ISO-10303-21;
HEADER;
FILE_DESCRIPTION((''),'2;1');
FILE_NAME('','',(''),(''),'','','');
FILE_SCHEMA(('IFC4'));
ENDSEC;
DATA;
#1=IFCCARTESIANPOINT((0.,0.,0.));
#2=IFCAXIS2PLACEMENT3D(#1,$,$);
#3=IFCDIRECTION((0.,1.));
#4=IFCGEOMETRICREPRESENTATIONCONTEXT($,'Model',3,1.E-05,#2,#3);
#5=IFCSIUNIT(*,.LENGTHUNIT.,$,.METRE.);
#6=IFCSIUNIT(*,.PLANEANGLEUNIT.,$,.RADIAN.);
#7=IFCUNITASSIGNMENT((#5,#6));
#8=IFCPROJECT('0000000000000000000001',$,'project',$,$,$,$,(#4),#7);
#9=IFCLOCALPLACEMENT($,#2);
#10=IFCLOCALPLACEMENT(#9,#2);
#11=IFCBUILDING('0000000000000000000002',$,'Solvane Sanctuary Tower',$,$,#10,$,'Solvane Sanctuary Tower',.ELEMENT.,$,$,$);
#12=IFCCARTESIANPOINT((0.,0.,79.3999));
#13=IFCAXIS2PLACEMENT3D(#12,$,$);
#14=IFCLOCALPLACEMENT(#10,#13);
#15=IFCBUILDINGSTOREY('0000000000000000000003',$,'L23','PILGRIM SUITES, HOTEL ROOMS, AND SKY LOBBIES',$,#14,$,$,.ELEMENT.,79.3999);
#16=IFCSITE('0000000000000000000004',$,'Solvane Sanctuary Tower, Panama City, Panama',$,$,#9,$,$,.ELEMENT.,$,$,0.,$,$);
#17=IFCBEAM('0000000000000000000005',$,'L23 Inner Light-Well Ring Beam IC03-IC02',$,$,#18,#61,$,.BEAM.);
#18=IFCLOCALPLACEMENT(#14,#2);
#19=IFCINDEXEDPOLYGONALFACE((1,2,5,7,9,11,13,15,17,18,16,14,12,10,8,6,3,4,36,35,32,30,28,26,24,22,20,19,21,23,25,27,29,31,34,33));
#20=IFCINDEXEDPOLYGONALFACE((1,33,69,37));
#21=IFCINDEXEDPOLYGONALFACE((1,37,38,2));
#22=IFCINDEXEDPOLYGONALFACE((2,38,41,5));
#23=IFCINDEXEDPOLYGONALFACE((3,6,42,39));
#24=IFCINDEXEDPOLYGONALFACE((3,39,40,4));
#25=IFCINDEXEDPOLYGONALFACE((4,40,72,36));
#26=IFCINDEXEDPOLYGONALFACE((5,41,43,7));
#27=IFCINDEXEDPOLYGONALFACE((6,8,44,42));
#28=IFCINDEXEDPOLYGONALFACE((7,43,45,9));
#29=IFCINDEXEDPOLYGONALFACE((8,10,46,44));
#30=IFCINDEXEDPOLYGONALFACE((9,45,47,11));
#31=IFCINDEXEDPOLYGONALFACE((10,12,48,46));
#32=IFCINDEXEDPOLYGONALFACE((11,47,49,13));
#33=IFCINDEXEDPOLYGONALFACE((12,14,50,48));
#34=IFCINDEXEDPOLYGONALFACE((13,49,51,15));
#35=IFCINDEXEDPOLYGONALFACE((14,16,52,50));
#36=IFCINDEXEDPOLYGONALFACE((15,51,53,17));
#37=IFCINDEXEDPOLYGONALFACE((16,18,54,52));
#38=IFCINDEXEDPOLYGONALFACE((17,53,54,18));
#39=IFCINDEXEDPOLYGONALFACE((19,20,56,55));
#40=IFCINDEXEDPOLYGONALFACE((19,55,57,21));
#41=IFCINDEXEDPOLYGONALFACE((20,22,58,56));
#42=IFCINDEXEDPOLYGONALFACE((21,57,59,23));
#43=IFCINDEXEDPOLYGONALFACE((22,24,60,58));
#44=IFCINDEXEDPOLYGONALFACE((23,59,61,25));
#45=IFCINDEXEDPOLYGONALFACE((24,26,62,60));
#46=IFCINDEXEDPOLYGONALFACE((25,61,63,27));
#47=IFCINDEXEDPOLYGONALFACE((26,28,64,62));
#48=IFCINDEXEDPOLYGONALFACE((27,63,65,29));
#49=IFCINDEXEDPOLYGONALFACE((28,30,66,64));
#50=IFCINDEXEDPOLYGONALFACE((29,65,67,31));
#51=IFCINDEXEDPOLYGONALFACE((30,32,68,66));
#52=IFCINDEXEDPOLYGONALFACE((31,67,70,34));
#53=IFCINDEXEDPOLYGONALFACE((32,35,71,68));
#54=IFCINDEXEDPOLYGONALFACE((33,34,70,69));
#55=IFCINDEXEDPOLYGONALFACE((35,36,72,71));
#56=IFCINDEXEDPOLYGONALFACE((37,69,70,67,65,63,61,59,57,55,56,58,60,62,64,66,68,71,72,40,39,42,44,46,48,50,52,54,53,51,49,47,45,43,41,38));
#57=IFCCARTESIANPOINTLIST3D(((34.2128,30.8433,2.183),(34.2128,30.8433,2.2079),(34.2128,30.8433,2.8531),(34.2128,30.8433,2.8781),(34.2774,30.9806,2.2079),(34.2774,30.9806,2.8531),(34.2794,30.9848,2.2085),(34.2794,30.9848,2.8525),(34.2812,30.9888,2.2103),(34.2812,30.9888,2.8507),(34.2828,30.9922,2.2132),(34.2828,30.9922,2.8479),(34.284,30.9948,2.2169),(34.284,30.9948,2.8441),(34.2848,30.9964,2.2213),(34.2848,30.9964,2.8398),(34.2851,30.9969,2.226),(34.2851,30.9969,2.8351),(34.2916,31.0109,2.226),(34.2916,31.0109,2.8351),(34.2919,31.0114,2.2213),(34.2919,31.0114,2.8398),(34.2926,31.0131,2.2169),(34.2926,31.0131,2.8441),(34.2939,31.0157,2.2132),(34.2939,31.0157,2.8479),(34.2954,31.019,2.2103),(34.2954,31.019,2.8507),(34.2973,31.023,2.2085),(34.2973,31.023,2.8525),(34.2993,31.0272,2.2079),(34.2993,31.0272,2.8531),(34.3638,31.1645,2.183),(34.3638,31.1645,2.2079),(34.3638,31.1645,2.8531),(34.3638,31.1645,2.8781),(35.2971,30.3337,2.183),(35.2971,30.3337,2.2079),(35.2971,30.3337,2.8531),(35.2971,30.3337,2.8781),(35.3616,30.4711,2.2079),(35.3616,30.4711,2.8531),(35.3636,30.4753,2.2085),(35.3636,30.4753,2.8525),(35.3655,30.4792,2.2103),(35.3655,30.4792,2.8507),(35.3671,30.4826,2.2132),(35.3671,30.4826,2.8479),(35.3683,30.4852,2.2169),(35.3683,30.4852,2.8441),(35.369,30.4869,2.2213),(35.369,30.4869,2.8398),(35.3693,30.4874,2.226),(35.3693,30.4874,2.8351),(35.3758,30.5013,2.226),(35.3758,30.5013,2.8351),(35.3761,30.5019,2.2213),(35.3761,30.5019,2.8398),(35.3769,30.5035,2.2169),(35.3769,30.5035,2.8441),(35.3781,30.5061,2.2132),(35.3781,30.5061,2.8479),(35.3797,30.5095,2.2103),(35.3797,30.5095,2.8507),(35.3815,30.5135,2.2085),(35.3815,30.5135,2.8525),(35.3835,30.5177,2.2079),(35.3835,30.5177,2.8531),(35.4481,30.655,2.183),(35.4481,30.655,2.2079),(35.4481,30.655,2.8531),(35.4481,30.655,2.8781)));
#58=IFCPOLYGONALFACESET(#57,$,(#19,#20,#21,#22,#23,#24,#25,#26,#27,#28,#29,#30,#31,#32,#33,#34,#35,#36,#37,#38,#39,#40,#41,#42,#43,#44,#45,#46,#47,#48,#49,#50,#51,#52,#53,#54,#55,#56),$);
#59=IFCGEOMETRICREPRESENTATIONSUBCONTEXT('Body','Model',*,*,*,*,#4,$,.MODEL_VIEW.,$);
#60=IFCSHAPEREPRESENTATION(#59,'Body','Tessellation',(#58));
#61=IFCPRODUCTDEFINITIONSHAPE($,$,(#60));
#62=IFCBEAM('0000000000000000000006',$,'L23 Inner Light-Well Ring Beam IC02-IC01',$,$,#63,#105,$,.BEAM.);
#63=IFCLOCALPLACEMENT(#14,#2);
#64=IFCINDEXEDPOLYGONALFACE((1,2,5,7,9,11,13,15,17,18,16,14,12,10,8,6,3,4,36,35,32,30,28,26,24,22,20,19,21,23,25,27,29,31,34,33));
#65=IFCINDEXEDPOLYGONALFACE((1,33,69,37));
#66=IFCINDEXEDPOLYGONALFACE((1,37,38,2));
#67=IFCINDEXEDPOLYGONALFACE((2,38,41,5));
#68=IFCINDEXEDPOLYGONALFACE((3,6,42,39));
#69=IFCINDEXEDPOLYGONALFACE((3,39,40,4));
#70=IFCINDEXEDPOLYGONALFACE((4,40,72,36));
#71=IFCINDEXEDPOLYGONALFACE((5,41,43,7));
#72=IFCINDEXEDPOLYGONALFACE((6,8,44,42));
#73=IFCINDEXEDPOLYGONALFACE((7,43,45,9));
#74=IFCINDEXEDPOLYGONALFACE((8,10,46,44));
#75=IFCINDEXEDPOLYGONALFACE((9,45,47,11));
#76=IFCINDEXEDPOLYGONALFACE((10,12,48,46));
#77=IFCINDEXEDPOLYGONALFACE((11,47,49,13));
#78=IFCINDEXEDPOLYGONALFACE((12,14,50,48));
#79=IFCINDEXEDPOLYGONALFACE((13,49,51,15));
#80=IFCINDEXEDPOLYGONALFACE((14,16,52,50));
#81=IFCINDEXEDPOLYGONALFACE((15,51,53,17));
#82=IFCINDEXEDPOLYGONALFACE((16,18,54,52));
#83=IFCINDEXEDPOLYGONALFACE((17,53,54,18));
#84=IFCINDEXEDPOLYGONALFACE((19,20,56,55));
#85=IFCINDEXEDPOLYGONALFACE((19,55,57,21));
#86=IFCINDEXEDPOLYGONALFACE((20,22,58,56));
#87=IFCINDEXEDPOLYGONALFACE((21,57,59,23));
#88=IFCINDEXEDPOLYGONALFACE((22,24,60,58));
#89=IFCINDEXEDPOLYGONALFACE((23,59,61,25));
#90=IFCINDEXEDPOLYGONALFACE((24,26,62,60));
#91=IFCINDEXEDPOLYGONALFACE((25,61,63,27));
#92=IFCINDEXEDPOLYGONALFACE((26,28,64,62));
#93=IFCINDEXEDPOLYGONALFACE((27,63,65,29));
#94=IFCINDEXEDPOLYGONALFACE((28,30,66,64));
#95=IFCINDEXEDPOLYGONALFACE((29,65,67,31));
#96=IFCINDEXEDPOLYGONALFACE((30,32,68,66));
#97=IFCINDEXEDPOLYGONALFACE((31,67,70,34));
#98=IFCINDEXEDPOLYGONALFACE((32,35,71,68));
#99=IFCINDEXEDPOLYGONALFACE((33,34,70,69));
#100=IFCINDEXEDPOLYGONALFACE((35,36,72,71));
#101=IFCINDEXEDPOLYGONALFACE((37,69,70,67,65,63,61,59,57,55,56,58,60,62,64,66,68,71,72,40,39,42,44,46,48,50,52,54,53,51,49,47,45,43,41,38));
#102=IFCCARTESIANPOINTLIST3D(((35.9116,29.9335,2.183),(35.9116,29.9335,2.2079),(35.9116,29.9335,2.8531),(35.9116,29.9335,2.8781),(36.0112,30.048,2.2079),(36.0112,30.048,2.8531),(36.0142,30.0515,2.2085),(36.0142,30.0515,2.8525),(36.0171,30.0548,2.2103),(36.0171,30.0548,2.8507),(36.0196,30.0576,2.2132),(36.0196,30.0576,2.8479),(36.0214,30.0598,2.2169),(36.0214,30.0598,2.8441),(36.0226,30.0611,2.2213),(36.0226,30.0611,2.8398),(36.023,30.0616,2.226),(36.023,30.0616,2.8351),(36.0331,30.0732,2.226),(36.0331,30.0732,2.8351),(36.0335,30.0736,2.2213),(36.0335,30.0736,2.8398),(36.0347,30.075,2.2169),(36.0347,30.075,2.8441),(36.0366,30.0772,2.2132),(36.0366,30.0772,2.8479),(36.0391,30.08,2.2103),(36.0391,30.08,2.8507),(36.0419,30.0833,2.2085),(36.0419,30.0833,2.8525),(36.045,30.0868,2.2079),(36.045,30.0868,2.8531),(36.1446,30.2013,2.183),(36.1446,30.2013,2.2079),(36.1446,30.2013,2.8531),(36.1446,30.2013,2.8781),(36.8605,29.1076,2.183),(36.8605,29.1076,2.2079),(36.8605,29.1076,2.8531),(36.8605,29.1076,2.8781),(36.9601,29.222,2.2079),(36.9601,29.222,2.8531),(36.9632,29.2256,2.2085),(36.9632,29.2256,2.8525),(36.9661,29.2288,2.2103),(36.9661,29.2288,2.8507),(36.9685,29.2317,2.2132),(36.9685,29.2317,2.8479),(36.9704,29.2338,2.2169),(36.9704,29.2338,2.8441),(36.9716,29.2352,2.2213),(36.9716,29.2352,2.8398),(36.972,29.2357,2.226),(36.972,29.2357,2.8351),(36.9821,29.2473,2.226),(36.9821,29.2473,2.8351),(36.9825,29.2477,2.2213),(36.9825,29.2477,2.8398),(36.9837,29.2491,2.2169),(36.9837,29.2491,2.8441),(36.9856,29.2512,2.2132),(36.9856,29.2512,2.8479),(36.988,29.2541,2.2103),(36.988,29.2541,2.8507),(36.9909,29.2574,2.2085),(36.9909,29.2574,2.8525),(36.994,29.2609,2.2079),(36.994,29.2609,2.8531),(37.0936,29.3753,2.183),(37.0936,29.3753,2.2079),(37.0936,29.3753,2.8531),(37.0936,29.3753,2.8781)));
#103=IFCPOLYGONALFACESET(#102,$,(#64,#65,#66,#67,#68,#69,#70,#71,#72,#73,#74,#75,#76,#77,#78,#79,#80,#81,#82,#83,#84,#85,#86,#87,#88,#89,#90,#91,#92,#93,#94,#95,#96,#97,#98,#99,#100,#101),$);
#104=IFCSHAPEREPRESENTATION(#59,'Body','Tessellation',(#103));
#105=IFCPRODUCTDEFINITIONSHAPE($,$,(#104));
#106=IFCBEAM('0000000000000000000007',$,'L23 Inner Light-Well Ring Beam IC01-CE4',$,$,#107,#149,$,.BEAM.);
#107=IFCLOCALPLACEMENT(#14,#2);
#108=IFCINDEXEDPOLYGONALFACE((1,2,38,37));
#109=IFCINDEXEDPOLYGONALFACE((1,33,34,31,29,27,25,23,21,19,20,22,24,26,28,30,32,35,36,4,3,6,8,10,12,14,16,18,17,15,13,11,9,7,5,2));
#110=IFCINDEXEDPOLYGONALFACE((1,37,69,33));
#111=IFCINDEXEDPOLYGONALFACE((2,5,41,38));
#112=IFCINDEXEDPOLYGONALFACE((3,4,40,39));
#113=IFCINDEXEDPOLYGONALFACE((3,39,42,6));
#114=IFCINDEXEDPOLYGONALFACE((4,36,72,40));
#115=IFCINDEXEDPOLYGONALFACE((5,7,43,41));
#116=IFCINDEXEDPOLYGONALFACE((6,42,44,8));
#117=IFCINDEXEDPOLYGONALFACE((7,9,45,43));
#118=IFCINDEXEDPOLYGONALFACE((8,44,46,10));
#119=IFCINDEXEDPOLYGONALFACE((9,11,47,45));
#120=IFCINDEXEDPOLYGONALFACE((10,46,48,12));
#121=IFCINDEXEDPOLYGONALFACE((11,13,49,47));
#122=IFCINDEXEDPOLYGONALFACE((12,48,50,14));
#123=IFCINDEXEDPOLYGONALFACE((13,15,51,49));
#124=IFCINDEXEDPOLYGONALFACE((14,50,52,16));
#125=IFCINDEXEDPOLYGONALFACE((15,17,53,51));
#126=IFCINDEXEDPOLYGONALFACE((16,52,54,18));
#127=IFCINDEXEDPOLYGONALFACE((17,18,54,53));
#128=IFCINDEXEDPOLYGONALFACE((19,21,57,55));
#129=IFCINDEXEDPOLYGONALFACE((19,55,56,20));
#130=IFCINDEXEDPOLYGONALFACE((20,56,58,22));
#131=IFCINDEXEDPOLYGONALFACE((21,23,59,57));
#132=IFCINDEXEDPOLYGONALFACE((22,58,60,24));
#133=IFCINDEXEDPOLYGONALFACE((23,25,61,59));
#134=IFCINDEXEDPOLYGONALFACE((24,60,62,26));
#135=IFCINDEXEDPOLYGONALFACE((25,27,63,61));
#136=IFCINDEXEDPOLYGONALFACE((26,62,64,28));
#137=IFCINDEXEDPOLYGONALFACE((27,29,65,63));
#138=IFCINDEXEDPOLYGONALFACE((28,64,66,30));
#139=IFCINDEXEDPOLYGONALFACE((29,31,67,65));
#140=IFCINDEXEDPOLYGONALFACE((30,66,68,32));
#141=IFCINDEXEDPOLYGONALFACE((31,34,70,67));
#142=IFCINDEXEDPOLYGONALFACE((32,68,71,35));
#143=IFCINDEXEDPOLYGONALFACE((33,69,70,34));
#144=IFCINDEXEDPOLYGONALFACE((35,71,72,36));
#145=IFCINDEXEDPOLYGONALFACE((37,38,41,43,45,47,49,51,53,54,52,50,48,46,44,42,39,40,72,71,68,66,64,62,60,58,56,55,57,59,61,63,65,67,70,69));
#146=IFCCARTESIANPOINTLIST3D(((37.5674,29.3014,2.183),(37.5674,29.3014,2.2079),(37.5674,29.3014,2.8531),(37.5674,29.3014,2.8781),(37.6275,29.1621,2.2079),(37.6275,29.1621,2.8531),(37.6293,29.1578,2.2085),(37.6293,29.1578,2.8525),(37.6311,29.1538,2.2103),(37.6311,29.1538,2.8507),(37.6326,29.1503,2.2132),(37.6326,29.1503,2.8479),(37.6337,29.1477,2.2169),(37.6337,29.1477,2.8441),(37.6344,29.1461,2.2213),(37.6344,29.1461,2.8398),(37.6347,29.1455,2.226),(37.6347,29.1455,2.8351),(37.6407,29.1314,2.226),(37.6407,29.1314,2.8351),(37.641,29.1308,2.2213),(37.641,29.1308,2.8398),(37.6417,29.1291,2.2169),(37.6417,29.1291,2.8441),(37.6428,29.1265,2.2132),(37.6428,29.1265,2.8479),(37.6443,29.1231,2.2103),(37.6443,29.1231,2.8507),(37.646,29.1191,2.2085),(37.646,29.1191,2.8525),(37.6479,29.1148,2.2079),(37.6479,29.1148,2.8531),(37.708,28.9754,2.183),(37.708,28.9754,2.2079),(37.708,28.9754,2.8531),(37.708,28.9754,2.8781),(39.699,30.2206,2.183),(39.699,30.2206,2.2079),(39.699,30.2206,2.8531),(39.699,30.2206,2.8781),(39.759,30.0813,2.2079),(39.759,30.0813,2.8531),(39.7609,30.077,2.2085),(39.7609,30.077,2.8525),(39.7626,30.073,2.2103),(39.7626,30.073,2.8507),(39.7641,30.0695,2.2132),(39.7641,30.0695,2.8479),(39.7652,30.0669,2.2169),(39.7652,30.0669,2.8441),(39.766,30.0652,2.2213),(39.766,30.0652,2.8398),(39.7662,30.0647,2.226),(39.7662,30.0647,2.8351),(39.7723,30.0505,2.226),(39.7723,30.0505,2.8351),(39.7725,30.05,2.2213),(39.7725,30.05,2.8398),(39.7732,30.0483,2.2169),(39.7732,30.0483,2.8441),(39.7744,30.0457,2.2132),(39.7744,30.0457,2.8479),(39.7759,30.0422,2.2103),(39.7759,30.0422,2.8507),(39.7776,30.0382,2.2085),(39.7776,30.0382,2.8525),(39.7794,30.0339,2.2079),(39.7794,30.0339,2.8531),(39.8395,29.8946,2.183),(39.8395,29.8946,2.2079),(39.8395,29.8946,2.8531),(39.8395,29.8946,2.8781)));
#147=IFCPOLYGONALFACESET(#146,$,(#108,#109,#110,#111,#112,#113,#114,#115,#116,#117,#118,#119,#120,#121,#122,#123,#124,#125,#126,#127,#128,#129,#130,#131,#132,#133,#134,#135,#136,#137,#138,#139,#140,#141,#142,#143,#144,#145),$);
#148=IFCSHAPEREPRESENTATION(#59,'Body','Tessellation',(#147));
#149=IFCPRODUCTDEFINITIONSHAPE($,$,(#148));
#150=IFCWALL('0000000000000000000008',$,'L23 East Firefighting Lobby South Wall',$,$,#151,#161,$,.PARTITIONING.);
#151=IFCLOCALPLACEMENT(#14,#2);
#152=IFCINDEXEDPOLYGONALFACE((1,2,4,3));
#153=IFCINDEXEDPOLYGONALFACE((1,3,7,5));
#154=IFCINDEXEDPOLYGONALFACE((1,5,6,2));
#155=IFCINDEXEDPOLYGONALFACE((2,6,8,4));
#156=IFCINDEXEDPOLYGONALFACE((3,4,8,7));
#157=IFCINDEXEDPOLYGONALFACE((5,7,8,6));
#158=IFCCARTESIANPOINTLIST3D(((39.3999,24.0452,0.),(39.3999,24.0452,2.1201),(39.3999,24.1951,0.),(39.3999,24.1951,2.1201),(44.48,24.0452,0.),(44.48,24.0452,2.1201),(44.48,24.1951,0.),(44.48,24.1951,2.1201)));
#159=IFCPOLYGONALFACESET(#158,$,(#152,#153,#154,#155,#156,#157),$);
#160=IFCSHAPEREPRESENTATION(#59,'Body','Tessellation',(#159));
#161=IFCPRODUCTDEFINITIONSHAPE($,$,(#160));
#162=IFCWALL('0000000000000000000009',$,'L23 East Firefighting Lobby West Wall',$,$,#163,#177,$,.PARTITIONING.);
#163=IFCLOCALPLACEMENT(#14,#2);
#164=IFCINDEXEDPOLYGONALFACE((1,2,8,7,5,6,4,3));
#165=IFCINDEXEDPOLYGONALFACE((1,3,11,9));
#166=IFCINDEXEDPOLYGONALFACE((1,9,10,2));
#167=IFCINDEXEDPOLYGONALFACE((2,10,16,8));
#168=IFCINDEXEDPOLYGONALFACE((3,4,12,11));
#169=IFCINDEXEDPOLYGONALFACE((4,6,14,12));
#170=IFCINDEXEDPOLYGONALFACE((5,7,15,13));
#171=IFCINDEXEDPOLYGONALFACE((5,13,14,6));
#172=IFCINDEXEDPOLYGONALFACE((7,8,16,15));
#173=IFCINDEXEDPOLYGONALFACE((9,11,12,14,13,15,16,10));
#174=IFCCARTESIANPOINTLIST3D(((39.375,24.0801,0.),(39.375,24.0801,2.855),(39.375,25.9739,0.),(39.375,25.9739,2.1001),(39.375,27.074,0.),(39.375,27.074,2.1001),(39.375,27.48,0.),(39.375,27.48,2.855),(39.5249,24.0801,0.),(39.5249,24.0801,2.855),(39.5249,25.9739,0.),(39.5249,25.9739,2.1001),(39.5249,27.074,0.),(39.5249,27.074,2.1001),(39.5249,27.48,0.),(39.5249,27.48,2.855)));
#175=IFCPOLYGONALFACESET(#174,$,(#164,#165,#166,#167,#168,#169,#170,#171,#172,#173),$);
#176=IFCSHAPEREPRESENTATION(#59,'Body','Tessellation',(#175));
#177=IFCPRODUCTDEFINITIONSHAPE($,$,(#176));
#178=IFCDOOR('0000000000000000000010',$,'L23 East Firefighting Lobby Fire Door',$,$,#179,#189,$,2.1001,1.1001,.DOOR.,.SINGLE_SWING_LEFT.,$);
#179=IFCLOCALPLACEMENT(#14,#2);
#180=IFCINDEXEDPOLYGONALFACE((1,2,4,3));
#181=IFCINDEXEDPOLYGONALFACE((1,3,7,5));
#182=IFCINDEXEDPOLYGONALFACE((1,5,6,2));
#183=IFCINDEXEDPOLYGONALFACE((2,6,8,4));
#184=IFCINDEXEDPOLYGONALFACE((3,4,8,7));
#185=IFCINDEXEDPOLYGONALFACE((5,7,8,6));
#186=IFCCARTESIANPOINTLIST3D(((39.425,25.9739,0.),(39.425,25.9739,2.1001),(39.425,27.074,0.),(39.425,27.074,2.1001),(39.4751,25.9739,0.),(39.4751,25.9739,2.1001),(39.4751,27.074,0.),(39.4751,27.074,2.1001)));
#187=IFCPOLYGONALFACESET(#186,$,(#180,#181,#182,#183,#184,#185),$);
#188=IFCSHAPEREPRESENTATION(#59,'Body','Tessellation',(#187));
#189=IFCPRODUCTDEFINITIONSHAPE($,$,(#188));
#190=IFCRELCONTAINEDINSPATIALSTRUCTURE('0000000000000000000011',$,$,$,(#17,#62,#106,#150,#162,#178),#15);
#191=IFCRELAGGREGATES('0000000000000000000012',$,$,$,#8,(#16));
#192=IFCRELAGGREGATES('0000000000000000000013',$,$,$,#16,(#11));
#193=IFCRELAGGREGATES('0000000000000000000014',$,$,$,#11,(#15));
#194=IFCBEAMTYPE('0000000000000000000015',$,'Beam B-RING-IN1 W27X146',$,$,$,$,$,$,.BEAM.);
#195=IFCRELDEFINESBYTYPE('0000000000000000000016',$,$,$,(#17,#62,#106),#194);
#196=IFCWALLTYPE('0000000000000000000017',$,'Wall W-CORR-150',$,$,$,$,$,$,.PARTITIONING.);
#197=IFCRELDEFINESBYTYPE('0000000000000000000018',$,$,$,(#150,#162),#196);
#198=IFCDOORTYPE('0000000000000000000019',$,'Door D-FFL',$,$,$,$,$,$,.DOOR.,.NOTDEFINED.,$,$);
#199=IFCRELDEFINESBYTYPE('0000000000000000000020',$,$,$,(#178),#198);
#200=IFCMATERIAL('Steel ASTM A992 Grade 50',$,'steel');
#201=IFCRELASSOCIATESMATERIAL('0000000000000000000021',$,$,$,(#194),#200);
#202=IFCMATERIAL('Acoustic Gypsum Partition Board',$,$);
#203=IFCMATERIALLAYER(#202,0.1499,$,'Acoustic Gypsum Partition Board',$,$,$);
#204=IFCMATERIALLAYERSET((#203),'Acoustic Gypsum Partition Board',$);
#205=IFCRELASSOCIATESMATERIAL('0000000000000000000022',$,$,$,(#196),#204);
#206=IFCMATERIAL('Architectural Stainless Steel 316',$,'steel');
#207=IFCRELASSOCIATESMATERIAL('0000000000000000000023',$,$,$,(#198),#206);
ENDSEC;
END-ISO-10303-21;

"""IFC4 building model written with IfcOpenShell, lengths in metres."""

from ifc_helpers import new_model, si_unit, direction, frame, frame_2d, origin, origin_2d, place, context, subcontext, project, spatial, rectangle, i_section, extrude, material, layer, layer_set, material_profile, profile_set, type_object, element, fill, save


model = new_model("IFC4")

# Units and contexts
model_context = context("Model", 3, precision=1e-05, world=origin(), true_north=direction((0.0, 1.0)))
body_context = subcontext(model_context, "Body", "Model", "MODEL_VIEW")
ifc_project = project(units=[si_unit("LENGTHUNIT", "METRE"), si_unit("PLANEANGLEUNIT", "RADIAN")], contexts=[model_context])

# Site, building, storey
site_placement = place(None, origin())
site = spatial("IfcSite", under=ifc_project, at=site_placement, Name="Solvane Sanctuary Tower, Panama City, Panama", CompositionType="ELEMENT", RefElevation=0.0)
building_placement = place(site_placement, origin())
building = spatial("IfcBuilding", under=site, at=building_placement, Name="Solvane Sanctuary Tower", LongName="Solvane Sanctuary Tower", CompositionType="ELEMENT")
storey_placement = place(building_placement, frame((0.0, 0.0, 79.3999)))
storey = spatial("IfcBuildingStorey", under=building, at=storey_placement, Name="L23", Description="PILGRIM SUITES, HOTEL ROOMS, AND SKY LOBBIES", CompositionType="ELEMENT", Elevation=79.3999)

# Beams
ifc_material_1 = material(Name="Steel ASTM A992 Grade 50", Category="steel")
ifc_material_profile_1 = material_profile(ifc_material_1, i_section(OverallWidth=0.355, OverallDepth=0.6951, WebThickness=0.0154, FlangeThickness=0.0249, FilletRadius=0.0181, at=origin_2d()), Name="W27X146")
ifc_profile_set_1 = profile_set([ifc_material_profile_1], Name="Steel ASTM A992 Grade 50")
beam_type_1 = type_object("IfcBeamType", Name="Beam B-RING-IN1 W27X146", PredefinedType="BEAM", material=ifc_profile_set_1)
beam_1_placement = place(storey_placement, frame((34.2883, 31.0039, 2.5305), z_axis=(0.905045, -0.425316, 0.0), x_axis=(0.425316, 0.905045, 0.0)))
element("IfcBeam", 1, at=beam_1_placement, inside=storey, type_object=beam_type_1, Name="L23 Inner Light-Well Ring Beam IC03-IC02", PredefinedType="BEAM", context=body_context, shape_type="SweptSolid", body=[
    extrude(i_section(OverallWidth=0.355, OverallDepth=0.6951, WebThickness=0.0154, FlangeThickness=0.0249, FilletRadius=0.0181, at=origin_2d()), origin(), (0.0, 0.0, 1.0), 1.198),
])
beam_2_placement = place(storey_placement, frame((36.0281, 30.0674, 2.5305), z_axis=(0.754317, -0.65651, 0.0), x_axis=(0.65651, 0.754317, 0.0)))
element("IfcBeam", 2, at=beam_2_placement, inside=storey, type_object=beam_type_1, Name="L23 Inner Light-Well Ring Beam IC02-IC01", PredefinedType="BEAM", context=body_context, shape_type="SweptSolid", body=[
    extrude(i_section(OverallWidth=0.355, OverallDepth=0.6951, WebThickness=0.0154, FlangeThickness=0.0249, FilletRadius=0.0181, at=origin_2d()), origin(), (0.0, 0.0, 1.0), 1.2581),
])
beam_3_placement = place(storey_placement, frame((37.6377, 29.1384, 2.5305), z_axis=(0.918261, 0.395975, 0.0), x_axis=(-0.395975, 0.918261, 0.0)))
element("IfcBeam", 3, at=beam_3_placement, inside=storey, type_object=beam_type_1, Name="L23 Inner Light-Well Ring Beam IC01-CE4", PredefinedType="BEAM", context=body_context, shape_type="SweptSolid", body=[
    extrude(i_section(OverallWidth=0.355, OverallDepth=0.6951, WebThickness=0.0154, FlangeThickness=0.0249, FilletRadius=0.0181, at=origin_2d()), origin(), (0.0, 0.0, 1.0), 2.3213),
])

# Wall
ifc_material_2 = material(Name="Acoustic Gypsum Partition Board")
ifc_layer_1 = layer(ifc_material_2, 0.1499, Name="Acoustic Gypsum Partition Board")
ifc_layer_set_1 = layer_set([ifc_layer_1], Name="Acoustic Gypsum Partition Board")
wall_type_1 = type_object("IfcWallType", Name="Wall W-CORR-150", PredefinedType="PARTITIONING", material=ifc_layer_set_1)
wall_1_placement = place(storey_placement, frame((39.3999, 24.1201, 0.0), z_axis=(0.0, 0.0, 1.0), x_axis=(1.0, 0.0, 0.0)))
element("IfcWall", 4, at=wall_1_placement, inside=storey, type_object=wall_type_1, Name="L23 East Firefighting Lobby South Wall", PredefinedType="PARTITIONING", context=body_context, shape_type="SweptSolid", body=[
    extrude(rectangle(XDim=5.0801, YDim=0.1499, at=frame_2d((2.54, 0.0))), origin(), (0.0, 0.0, 1.0), 2.1201),
])

# Wall, opening, door
wall_2_placement = place(storey_placement, frame((39.45, 24.0801, 0.0), z_axis=(0.0, 0.0, 1.0), x_axis=(0.0, 1.0, 0.0)))
wall_2 = element("IfcWall", 5, at=wall_2_placement, inside=storey, type_object=wall_type_1, Name="L23 East Firefighting Lobby West Wall", PredefinedType="PARTITIONING", context=body_context, shape_type="SweptSolid", body=[
    extrude(rectangle(XDim=3.3999, YDim=0.1499, at=frame_2d((1.7, 0.0))), origin(), (0.0, 0.0, 1.0), 2.855),
])
opening_1_placement = place(wall_2_placement, frame((1.8938, 0.0, 0.0)))
opening_1 = element("IfcOpeningElement", 6, at=opening_1_placement, cuts=wall_2, PredefinedType="OPENING", context=body_context, shape_type="SweptSolid", body=[
    extrude(rectangle(XDim=1.1001, YDim=2.1001, at=frame_2d((0.55, 1.05))), frame((0.0, 0.085, 0.0), z_axis=(0.0, -1.0, 0.0), x_axis=(1.0, 0.0, 0.0)), (0.0, 0.0, 1.0), 0.1699),
])
ifc_material_3 = material(Name="Architectural Stainless Steel 316", Category="steel")
door_type = type_object("IfcDoorType", Name="Door D-FFL", OperationType="NOTDEFINED", PredefinedType="DOOR", material=ifc_material_3)
door_placement = place(opening_1_placement, origin())
door = element("IfcDoor", 7, at=door_placement, inside=storey, type_object=door_type, Name="L23 East Firefighting Lobby Fire Door", OperationType="SINGLE_SWING_LEFT", OverallHeight=2.1001, OverallWidth=1.1001, PredefinedType="DOOR", context=body_context, shape_type="SweptSolid", body=[
    extrude(rectangle(XDim=1.1001, YDim=2.1001, at=frame_2d((0.55, 1.05))), frame((0.0, 0.0249, 0.0), z_axis=(0.0, -1.0, 0.0), x_axis=(1.0, 0.0, 0.0)), (0.0, 0.0, 1.0), 0.05),
])
fill(opening_1, door)

save(model, "model.ifc")
